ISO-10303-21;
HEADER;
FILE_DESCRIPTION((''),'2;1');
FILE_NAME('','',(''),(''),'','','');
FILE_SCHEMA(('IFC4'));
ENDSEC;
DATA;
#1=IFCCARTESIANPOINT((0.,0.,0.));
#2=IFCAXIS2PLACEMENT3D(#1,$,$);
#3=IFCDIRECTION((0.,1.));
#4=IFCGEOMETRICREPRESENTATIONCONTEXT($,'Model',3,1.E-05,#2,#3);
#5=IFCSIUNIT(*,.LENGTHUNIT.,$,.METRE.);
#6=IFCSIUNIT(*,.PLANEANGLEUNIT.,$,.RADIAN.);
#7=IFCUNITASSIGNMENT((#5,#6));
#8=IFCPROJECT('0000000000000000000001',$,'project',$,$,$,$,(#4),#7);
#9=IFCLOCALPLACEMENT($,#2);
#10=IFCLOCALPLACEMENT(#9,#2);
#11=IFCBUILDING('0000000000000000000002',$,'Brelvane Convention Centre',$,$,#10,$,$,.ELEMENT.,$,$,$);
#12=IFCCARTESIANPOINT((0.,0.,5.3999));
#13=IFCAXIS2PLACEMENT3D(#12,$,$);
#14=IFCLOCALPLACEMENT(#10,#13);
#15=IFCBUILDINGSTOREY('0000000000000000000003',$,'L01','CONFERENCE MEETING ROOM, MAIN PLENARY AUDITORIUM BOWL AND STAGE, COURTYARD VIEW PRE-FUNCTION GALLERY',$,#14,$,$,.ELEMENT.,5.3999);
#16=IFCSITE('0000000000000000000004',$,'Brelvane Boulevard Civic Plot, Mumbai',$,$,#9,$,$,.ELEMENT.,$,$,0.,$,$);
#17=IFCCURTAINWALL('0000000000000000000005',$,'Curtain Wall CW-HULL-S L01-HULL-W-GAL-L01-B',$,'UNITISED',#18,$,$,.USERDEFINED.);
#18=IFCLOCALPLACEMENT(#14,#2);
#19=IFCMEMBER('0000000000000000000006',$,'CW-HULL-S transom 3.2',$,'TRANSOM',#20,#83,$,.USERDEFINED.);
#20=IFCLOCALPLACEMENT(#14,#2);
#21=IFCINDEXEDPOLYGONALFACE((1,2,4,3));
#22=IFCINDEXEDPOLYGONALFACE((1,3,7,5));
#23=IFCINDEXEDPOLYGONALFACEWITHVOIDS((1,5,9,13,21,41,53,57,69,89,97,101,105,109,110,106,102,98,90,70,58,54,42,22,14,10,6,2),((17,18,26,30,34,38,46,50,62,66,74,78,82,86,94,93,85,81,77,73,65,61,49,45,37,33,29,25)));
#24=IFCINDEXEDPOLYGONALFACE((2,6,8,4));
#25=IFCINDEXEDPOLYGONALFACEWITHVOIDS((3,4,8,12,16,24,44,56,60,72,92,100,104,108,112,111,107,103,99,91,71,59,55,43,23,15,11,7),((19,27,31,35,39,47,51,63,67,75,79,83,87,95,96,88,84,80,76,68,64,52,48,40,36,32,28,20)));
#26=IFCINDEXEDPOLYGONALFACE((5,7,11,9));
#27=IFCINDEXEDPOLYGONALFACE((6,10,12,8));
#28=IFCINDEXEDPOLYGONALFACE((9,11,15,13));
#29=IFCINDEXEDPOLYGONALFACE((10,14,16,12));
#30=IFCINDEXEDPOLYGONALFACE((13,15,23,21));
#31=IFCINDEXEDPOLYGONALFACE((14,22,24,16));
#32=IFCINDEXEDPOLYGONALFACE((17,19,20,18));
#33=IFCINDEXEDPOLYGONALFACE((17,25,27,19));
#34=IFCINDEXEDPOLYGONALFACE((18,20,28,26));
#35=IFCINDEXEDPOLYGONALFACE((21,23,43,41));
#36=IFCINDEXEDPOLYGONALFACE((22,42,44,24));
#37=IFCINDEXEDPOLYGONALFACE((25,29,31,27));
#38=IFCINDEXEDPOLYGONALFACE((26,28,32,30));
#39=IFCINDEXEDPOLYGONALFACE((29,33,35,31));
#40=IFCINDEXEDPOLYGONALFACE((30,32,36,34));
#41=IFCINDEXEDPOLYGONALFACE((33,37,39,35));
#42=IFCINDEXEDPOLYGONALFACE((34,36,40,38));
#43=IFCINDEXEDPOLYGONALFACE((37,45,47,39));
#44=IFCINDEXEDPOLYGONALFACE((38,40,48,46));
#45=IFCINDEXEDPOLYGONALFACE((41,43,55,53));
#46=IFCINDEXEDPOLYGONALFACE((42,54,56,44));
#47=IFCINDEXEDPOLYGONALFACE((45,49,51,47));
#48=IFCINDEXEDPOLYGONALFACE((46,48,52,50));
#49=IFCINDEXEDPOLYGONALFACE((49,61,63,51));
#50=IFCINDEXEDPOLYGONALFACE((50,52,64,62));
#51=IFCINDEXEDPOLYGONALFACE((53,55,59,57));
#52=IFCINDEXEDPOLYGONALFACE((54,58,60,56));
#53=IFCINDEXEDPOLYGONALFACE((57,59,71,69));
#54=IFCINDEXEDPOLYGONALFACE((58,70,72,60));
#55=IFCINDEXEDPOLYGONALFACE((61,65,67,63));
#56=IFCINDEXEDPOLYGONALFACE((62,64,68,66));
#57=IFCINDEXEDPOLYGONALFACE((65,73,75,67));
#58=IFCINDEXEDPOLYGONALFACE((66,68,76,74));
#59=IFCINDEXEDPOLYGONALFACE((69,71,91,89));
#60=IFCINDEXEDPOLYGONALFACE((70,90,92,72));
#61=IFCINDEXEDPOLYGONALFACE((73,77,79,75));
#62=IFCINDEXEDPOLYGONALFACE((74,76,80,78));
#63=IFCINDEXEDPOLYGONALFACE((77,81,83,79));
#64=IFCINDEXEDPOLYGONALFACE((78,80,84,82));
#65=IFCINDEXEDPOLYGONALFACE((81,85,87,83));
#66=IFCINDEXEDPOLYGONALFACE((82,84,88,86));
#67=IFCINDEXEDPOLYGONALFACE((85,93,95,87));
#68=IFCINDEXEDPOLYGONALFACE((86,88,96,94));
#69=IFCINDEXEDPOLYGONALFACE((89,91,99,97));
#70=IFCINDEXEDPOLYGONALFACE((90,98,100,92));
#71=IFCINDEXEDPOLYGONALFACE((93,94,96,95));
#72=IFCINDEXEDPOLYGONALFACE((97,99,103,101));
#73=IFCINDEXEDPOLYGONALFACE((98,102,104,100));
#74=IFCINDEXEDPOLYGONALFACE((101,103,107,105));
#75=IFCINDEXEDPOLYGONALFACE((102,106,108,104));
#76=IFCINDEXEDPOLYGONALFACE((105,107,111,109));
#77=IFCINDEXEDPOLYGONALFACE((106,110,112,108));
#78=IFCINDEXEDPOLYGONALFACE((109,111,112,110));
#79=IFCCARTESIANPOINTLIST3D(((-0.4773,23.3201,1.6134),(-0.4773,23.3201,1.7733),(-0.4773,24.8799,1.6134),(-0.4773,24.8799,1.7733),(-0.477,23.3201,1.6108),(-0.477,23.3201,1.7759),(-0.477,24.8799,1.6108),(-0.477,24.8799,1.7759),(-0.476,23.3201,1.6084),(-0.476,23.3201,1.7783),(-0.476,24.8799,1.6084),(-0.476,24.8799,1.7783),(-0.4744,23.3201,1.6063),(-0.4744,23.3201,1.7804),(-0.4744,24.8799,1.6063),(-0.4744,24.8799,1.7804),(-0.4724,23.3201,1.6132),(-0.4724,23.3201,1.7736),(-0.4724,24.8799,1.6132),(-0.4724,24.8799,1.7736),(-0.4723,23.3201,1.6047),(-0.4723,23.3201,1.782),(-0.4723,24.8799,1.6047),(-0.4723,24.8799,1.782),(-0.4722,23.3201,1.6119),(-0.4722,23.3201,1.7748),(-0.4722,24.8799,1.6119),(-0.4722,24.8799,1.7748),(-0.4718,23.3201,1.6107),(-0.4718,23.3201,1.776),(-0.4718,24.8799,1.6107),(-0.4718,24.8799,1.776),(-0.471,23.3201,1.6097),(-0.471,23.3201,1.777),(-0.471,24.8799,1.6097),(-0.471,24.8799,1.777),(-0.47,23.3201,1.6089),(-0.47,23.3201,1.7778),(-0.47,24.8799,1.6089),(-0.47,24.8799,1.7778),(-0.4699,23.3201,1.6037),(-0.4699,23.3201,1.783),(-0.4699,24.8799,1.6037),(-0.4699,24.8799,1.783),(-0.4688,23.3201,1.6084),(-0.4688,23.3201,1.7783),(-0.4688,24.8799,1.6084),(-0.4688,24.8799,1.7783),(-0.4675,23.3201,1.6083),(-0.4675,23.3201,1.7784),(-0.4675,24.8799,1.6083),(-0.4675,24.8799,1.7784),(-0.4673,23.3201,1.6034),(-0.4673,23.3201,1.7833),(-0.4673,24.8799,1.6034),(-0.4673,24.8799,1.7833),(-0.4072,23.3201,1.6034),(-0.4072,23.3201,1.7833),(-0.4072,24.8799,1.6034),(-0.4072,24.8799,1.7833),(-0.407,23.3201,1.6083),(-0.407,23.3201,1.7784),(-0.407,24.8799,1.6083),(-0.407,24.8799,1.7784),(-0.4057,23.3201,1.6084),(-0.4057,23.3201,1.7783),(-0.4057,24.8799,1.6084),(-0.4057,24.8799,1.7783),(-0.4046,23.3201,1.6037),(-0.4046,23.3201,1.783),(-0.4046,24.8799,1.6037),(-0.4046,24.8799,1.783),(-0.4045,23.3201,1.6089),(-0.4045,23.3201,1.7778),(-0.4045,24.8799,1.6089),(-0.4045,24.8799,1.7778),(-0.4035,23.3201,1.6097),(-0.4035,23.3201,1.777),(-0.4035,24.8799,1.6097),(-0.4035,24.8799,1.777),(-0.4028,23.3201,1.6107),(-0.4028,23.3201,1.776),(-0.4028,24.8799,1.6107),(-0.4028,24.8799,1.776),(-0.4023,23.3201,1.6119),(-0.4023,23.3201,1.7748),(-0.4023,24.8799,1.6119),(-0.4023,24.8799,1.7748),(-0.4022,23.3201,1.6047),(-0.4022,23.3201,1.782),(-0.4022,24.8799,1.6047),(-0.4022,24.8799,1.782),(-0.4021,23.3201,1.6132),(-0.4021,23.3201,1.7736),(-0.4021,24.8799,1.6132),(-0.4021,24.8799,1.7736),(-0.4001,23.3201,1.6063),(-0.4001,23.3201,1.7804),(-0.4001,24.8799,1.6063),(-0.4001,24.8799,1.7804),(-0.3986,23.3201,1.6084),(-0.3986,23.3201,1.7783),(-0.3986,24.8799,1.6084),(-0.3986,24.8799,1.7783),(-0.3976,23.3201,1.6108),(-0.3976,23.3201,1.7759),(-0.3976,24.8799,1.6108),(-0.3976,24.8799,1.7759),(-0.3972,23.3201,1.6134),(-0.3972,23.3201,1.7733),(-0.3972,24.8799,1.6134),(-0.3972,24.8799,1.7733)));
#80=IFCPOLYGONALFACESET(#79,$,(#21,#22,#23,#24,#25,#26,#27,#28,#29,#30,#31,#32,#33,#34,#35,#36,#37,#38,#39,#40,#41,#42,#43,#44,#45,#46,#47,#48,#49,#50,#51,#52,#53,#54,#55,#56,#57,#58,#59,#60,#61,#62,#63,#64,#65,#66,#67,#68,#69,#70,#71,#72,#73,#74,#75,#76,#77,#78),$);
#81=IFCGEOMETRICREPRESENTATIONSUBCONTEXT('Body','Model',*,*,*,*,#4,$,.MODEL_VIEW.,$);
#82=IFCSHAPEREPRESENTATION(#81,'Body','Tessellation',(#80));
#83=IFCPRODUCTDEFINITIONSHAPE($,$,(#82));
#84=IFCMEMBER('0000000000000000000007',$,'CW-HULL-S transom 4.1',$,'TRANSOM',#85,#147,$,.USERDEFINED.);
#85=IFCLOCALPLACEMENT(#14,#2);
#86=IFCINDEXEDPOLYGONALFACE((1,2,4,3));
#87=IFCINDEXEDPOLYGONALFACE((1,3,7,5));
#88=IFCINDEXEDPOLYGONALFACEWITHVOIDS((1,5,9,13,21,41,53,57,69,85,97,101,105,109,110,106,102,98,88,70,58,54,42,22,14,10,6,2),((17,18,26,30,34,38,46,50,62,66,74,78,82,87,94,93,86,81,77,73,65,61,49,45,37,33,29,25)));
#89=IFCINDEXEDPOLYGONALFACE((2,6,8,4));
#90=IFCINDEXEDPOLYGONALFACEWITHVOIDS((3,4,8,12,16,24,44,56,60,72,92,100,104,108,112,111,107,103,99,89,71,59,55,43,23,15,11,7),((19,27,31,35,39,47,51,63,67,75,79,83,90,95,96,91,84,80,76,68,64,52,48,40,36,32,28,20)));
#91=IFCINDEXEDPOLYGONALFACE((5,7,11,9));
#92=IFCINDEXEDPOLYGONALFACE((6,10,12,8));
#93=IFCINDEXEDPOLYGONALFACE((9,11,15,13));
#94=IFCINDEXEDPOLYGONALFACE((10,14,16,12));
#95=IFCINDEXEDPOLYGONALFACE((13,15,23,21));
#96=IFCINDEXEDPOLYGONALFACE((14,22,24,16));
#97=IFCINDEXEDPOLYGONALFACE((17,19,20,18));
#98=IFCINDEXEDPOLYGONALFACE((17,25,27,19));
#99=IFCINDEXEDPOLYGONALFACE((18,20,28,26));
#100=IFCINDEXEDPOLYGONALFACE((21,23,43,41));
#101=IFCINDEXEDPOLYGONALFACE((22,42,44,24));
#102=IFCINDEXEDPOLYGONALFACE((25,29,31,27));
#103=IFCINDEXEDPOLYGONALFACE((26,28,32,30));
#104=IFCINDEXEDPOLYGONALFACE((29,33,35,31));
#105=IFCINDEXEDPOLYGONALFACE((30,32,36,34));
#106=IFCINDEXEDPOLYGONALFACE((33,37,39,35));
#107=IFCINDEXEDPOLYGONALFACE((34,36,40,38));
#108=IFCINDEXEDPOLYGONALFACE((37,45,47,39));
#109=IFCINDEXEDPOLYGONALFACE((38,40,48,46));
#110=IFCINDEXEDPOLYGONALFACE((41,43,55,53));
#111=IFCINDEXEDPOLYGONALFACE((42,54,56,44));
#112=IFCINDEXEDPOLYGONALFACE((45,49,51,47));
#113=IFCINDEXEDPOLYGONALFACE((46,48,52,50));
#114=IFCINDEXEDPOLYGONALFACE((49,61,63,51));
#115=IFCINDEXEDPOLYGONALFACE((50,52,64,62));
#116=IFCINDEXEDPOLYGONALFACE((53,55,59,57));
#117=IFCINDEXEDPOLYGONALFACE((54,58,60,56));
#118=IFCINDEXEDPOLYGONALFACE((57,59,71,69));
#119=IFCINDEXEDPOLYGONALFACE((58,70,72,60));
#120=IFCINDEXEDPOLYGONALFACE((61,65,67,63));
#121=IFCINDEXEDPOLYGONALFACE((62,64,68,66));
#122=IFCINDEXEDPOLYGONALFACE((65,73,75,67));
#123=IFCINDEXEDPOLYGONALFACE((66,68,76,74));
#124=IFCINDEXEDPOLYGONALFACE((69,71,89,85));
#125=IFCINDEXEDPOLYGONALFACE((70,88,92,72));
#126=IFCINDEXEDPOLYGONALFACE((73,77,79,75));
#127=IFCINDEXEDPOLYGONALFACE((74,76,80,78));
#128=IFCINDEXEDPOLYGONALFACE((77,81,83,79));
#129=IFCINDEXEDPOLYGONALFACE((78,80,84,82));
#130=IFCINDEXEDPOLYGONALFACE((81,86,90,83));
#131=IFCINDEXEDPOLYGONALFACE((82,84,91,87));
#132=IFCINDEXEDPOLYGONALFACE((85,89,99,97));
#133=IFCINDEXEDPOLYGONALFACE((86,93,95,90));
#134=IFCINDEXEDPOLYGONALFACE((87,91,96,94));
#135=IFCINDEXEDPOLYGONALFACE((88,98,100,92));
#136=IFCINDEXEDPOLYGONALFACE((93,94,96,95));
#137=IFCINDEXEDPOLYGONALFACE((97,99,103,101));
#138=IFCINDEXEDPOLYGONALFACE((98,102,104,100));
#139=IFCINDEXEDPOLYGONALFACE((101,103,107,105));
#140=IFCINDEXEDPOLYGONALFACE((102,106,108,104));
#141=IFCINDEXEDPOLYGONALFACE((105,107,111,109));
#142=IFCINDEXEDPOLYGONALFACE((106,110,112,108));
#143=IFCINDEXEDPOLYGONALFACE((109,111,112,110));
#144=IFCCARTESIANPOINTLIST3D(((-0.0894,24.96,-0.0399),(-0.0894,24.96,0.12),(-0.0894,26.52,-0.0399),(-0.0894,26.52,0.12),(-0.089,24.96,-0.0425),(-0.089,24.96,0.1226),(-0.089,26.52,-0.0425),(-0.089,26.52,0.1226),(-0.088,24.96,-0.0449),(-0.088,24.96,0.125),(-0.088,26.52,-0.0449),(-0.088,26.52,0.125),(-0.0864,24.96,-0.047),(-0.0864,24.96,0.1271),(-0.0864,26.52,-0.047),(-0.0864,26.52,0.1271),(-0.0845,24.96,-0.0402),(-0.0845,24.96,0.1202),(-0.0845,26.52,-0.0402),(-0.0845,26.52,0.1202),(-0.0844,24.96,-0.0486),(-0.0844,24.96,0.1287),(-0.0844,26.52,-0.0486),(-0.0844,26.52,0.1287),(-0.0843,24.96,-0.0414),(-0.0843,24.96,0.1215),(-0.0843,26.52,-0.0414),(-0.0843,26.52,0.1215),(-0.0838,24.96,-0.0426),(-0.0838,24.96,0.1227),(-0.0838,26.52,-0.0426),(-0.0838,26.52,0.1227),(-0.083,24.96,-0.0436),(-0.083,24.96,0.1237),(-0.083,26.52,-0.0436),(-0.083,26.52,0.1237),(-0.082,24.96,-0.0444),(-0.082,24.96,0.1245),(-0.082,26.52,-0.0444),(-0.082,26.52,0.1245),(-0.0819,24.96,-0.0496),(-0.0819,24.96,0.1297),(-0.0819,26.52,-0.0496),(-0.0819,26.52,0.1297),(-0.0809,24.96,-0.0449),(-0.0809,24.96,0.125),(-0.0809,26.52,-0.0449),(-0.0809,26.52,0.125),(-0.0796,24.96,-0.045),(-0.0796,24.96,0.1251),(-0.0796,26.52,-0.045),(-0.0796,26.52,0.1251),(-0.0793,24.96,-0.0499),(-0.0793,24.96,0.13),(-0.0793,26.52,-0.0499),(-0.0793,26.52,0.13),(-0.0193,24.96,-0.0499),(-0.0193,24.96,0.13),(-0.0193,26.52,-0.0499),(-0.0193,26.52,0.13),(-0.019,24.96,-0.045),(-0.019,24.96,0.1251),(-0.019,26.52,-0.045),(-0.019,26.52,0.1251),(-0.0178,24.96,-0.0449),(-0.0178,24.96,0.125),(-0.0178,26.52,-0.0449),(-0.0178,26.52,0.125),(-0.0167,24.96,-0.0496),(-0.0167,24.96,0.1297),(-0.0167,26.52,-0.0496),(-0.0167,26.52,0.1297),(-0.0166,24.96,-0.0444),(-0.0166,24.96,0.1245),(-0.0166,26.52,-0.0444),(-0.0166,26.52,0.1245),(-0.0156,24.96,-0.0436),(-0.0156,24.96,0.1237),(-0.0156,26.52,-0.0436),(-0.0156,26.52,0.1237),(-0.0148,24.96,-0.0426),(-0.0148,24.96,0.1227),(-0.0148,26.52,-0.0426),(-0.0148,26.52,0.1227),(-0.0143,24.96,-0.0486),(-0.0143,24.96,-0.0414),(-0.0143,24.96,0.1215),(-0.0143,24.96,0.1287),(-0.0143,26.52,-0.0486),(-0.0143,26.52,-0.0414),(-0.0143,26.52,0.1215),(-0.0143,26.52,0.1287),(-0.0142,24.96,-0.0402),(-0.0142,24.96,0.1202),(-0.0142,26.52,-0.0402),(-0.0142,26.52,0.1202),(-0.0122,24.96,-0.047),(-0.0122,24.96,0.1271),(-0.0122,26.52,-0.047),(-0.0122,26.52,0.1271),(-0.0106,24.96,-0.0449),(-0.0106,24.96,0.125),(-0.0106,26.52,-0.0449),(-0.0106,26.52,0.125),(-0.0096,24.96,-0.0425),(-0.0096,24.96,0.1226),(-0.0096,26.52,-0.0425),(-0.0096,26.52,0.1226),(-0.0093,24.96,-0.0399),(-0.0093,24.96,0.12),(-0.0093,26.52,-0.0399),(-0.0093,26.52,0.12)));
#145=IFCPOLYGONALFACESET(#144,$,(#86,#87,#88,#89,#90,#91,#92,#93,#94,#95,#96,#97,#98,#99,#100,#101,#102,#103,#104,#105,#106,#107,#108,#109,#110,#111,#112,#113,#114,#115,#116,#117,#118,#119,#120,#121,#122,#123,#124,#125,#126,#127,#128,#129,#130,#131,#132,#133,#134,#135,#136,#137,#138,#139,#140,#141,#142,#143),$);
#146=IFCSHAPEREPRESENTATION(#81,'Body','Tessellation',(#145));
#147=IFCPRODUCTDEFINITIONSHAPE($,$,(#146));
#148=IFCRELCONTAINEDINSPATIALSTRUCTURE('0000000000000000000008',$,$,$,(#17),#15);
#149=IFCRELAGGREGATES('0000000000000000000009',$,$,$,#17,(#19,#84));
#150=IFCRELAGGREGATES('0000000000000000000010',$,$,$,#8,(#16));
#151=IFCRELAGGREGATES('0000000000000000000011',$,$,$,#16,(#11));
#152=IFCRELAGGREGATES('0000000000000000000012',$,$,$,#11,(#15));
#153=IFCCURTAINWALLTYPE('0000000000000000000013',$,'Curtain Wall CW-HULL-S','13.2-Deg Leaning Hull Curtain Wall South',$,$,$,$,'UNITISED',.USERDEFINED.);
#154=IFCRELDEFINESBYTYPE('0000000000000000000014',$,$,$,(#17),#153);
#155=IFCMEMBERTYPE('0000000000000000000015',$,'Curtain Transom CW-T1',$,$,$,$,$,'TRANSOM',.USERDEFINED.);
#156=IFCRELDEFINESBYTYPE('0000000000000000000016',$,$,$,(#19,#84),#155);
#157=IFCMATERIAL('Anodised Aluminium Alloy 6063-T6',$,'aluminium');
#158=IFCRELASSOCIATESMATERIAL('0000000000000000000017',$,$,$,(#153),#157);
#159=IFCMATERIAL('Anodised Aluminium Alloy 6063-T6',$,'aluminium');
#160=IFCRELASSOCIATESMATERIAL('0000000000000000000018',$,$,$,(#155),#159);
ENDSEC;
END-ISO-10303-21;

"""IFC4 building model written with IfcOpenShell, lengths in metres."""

from ifc_helpers import new_model, si_unit, direction, frame, origin, origin_2d, place, context, subcontext, project, spatial, hollow_rectangle, extrude, material, material_profile, profile_set, type_object, element, aggregate, save


model = new_model("IFC4")

# Units and contexts
model_context = context("Model", 3, precision=1e-05, world=origin(), true_north=direction((0.0, 1.0)))
body_context = subcontext(model_context, "Body", "Model", "MODEL_VIEW")
ifc_project = project(units=[si_unit("LENGTHUNIT", "METRE"), si_unit("PLANEANGLEUNIT", "RADIAN")], contexts=[model_context])

# Site, building, storey
site_placement = place(None, origin())
site = spatial("IfcSite", under=ifc_project, at=site_placement, Name="Brelvane Boulevard Civic Plot, Mumbai", CompositionType="ELEMENT", RefElevation=0.0)
building_placement = place(site_placement, origin())
building = spatial("IfcBuilding", under=site, at=building_placement, Name="Brelvane Convention Centre", CompositionType="ELEMENT")
storey_placement = place(building_placement, frame((0.0, 0.0, 5.3999)))
storey = spatial("IfcBuildingStorey", under=building, at=storey_placement, Name="L01", Description="CONFERENCE MEETING ROOM, MAIN PLENARY AUDITORIUM BOWL AND STAGE, COURTYARD VIEW PRE-FUNCTION GALLERY", CompositionType="ELEMENT", Elevation=5.3999)

# Curtain wall
ifc_material_1 = material(Name="Anodised Aluminium Alloy 6063-T6", Category="aluminium")
curtain_wall_type = type_object("IfcCurtainWallType", Name="Curtain Wall CW-HULL-S", Description="13.2-Deg Leaning Hull Curtain Wall South", ElementType="UNITISED", PredefinedType="USERDEFINED", material=ifc_material_1)
curtain_wall_1_placement = place(storey_placement, origin())
curtain_wall_1 = element("IfcCurtainWall", 1, at=curtain_wall_1_placement, inside=storey, type_object=curtain_wall_type, Name="Curtain Wall CW-HULL-S L01-HULL-W-GAL-L01-B", ObjectType="UNITISED", PredefinedType="USERDEFINED")

# Members
ifc_material_2 = material(Name="Anodised Aluminium Alloy 6063-T6", Category="aluminium")
ifc_material_profile_1 = material_profile(ifc_material_2, hollow_rectangle(XDim=0.0801, YDim=0.1799, WallThickness=0.0049, InnerFilletRadius=0.0049, OuterFilletRadius=0.01, at=origin_2d()), Name="ALU-T 180x80x5.0")
ifc_profile_set_1 = profile_set([ifc_material_profile_1], Name="Anodised Aluminium Alloy 6063-T6")
member_type_1 = type_object("IfcMemberType", Name="Curtain Transom CW-T1", ElementType="TRANSOM", PredefinedType="USERDEFINED", material=ifc_profile_set_1)
member_1_placement = place(storey_placement, frame((-0.4373, 23.3201, 1.6934), z_axis=(0.0, 1.0, 0.0), x_axis=(-1.0, 0.0, 0.0)))
member_1 = element("IfcMember", 2, at=member_1_placement, type_object=member_type_1, Name="CW-HULL-S transom 3.2", ObjectType="TRANSOM", PredefinedType="USERDEFINED", context=body_context, shape_type="SweptSolid", body=[
    extrude(hollow_rectangle(XDim=0.0801, YDim=0.1799, WallThickness=0.0049, InnerFilletRadius=0.0049, OuterFilletRadius=0.01, at=origin_2d()), origin(), (0.0, 0.0, 1.0), 1.5598),
])
member_2_placement = place(storey_placement, frame((-0.0493, 24.96, 0.04), z_axis=(0.0, 1.0, 0.0), x_axis=(-1.0, 0.0, 0.0)))
member_2 = element("IfcMember", 3, at=member_2_placement, type_object=member_type_1, Name="CW-HULL-S transom 4.1", ObjectType="TRANSOM", PredefinedType="USERDEFINED", context=body_context, shape_type="SweptSolid", body=[
    extrude(hollow_rectangle(XDim=0.0801, YDim=0.1799, WallThickness=0.0049, InnerFilletRadius=0.0049, OuterFilletRadius=0.01, at=origin_2d()), origin(), (0.0, 0.0, 1.0), 1.5601),
])

aggregate(curtain_wall_1, [member_1, member_2])

save(model, "model.ifc")
